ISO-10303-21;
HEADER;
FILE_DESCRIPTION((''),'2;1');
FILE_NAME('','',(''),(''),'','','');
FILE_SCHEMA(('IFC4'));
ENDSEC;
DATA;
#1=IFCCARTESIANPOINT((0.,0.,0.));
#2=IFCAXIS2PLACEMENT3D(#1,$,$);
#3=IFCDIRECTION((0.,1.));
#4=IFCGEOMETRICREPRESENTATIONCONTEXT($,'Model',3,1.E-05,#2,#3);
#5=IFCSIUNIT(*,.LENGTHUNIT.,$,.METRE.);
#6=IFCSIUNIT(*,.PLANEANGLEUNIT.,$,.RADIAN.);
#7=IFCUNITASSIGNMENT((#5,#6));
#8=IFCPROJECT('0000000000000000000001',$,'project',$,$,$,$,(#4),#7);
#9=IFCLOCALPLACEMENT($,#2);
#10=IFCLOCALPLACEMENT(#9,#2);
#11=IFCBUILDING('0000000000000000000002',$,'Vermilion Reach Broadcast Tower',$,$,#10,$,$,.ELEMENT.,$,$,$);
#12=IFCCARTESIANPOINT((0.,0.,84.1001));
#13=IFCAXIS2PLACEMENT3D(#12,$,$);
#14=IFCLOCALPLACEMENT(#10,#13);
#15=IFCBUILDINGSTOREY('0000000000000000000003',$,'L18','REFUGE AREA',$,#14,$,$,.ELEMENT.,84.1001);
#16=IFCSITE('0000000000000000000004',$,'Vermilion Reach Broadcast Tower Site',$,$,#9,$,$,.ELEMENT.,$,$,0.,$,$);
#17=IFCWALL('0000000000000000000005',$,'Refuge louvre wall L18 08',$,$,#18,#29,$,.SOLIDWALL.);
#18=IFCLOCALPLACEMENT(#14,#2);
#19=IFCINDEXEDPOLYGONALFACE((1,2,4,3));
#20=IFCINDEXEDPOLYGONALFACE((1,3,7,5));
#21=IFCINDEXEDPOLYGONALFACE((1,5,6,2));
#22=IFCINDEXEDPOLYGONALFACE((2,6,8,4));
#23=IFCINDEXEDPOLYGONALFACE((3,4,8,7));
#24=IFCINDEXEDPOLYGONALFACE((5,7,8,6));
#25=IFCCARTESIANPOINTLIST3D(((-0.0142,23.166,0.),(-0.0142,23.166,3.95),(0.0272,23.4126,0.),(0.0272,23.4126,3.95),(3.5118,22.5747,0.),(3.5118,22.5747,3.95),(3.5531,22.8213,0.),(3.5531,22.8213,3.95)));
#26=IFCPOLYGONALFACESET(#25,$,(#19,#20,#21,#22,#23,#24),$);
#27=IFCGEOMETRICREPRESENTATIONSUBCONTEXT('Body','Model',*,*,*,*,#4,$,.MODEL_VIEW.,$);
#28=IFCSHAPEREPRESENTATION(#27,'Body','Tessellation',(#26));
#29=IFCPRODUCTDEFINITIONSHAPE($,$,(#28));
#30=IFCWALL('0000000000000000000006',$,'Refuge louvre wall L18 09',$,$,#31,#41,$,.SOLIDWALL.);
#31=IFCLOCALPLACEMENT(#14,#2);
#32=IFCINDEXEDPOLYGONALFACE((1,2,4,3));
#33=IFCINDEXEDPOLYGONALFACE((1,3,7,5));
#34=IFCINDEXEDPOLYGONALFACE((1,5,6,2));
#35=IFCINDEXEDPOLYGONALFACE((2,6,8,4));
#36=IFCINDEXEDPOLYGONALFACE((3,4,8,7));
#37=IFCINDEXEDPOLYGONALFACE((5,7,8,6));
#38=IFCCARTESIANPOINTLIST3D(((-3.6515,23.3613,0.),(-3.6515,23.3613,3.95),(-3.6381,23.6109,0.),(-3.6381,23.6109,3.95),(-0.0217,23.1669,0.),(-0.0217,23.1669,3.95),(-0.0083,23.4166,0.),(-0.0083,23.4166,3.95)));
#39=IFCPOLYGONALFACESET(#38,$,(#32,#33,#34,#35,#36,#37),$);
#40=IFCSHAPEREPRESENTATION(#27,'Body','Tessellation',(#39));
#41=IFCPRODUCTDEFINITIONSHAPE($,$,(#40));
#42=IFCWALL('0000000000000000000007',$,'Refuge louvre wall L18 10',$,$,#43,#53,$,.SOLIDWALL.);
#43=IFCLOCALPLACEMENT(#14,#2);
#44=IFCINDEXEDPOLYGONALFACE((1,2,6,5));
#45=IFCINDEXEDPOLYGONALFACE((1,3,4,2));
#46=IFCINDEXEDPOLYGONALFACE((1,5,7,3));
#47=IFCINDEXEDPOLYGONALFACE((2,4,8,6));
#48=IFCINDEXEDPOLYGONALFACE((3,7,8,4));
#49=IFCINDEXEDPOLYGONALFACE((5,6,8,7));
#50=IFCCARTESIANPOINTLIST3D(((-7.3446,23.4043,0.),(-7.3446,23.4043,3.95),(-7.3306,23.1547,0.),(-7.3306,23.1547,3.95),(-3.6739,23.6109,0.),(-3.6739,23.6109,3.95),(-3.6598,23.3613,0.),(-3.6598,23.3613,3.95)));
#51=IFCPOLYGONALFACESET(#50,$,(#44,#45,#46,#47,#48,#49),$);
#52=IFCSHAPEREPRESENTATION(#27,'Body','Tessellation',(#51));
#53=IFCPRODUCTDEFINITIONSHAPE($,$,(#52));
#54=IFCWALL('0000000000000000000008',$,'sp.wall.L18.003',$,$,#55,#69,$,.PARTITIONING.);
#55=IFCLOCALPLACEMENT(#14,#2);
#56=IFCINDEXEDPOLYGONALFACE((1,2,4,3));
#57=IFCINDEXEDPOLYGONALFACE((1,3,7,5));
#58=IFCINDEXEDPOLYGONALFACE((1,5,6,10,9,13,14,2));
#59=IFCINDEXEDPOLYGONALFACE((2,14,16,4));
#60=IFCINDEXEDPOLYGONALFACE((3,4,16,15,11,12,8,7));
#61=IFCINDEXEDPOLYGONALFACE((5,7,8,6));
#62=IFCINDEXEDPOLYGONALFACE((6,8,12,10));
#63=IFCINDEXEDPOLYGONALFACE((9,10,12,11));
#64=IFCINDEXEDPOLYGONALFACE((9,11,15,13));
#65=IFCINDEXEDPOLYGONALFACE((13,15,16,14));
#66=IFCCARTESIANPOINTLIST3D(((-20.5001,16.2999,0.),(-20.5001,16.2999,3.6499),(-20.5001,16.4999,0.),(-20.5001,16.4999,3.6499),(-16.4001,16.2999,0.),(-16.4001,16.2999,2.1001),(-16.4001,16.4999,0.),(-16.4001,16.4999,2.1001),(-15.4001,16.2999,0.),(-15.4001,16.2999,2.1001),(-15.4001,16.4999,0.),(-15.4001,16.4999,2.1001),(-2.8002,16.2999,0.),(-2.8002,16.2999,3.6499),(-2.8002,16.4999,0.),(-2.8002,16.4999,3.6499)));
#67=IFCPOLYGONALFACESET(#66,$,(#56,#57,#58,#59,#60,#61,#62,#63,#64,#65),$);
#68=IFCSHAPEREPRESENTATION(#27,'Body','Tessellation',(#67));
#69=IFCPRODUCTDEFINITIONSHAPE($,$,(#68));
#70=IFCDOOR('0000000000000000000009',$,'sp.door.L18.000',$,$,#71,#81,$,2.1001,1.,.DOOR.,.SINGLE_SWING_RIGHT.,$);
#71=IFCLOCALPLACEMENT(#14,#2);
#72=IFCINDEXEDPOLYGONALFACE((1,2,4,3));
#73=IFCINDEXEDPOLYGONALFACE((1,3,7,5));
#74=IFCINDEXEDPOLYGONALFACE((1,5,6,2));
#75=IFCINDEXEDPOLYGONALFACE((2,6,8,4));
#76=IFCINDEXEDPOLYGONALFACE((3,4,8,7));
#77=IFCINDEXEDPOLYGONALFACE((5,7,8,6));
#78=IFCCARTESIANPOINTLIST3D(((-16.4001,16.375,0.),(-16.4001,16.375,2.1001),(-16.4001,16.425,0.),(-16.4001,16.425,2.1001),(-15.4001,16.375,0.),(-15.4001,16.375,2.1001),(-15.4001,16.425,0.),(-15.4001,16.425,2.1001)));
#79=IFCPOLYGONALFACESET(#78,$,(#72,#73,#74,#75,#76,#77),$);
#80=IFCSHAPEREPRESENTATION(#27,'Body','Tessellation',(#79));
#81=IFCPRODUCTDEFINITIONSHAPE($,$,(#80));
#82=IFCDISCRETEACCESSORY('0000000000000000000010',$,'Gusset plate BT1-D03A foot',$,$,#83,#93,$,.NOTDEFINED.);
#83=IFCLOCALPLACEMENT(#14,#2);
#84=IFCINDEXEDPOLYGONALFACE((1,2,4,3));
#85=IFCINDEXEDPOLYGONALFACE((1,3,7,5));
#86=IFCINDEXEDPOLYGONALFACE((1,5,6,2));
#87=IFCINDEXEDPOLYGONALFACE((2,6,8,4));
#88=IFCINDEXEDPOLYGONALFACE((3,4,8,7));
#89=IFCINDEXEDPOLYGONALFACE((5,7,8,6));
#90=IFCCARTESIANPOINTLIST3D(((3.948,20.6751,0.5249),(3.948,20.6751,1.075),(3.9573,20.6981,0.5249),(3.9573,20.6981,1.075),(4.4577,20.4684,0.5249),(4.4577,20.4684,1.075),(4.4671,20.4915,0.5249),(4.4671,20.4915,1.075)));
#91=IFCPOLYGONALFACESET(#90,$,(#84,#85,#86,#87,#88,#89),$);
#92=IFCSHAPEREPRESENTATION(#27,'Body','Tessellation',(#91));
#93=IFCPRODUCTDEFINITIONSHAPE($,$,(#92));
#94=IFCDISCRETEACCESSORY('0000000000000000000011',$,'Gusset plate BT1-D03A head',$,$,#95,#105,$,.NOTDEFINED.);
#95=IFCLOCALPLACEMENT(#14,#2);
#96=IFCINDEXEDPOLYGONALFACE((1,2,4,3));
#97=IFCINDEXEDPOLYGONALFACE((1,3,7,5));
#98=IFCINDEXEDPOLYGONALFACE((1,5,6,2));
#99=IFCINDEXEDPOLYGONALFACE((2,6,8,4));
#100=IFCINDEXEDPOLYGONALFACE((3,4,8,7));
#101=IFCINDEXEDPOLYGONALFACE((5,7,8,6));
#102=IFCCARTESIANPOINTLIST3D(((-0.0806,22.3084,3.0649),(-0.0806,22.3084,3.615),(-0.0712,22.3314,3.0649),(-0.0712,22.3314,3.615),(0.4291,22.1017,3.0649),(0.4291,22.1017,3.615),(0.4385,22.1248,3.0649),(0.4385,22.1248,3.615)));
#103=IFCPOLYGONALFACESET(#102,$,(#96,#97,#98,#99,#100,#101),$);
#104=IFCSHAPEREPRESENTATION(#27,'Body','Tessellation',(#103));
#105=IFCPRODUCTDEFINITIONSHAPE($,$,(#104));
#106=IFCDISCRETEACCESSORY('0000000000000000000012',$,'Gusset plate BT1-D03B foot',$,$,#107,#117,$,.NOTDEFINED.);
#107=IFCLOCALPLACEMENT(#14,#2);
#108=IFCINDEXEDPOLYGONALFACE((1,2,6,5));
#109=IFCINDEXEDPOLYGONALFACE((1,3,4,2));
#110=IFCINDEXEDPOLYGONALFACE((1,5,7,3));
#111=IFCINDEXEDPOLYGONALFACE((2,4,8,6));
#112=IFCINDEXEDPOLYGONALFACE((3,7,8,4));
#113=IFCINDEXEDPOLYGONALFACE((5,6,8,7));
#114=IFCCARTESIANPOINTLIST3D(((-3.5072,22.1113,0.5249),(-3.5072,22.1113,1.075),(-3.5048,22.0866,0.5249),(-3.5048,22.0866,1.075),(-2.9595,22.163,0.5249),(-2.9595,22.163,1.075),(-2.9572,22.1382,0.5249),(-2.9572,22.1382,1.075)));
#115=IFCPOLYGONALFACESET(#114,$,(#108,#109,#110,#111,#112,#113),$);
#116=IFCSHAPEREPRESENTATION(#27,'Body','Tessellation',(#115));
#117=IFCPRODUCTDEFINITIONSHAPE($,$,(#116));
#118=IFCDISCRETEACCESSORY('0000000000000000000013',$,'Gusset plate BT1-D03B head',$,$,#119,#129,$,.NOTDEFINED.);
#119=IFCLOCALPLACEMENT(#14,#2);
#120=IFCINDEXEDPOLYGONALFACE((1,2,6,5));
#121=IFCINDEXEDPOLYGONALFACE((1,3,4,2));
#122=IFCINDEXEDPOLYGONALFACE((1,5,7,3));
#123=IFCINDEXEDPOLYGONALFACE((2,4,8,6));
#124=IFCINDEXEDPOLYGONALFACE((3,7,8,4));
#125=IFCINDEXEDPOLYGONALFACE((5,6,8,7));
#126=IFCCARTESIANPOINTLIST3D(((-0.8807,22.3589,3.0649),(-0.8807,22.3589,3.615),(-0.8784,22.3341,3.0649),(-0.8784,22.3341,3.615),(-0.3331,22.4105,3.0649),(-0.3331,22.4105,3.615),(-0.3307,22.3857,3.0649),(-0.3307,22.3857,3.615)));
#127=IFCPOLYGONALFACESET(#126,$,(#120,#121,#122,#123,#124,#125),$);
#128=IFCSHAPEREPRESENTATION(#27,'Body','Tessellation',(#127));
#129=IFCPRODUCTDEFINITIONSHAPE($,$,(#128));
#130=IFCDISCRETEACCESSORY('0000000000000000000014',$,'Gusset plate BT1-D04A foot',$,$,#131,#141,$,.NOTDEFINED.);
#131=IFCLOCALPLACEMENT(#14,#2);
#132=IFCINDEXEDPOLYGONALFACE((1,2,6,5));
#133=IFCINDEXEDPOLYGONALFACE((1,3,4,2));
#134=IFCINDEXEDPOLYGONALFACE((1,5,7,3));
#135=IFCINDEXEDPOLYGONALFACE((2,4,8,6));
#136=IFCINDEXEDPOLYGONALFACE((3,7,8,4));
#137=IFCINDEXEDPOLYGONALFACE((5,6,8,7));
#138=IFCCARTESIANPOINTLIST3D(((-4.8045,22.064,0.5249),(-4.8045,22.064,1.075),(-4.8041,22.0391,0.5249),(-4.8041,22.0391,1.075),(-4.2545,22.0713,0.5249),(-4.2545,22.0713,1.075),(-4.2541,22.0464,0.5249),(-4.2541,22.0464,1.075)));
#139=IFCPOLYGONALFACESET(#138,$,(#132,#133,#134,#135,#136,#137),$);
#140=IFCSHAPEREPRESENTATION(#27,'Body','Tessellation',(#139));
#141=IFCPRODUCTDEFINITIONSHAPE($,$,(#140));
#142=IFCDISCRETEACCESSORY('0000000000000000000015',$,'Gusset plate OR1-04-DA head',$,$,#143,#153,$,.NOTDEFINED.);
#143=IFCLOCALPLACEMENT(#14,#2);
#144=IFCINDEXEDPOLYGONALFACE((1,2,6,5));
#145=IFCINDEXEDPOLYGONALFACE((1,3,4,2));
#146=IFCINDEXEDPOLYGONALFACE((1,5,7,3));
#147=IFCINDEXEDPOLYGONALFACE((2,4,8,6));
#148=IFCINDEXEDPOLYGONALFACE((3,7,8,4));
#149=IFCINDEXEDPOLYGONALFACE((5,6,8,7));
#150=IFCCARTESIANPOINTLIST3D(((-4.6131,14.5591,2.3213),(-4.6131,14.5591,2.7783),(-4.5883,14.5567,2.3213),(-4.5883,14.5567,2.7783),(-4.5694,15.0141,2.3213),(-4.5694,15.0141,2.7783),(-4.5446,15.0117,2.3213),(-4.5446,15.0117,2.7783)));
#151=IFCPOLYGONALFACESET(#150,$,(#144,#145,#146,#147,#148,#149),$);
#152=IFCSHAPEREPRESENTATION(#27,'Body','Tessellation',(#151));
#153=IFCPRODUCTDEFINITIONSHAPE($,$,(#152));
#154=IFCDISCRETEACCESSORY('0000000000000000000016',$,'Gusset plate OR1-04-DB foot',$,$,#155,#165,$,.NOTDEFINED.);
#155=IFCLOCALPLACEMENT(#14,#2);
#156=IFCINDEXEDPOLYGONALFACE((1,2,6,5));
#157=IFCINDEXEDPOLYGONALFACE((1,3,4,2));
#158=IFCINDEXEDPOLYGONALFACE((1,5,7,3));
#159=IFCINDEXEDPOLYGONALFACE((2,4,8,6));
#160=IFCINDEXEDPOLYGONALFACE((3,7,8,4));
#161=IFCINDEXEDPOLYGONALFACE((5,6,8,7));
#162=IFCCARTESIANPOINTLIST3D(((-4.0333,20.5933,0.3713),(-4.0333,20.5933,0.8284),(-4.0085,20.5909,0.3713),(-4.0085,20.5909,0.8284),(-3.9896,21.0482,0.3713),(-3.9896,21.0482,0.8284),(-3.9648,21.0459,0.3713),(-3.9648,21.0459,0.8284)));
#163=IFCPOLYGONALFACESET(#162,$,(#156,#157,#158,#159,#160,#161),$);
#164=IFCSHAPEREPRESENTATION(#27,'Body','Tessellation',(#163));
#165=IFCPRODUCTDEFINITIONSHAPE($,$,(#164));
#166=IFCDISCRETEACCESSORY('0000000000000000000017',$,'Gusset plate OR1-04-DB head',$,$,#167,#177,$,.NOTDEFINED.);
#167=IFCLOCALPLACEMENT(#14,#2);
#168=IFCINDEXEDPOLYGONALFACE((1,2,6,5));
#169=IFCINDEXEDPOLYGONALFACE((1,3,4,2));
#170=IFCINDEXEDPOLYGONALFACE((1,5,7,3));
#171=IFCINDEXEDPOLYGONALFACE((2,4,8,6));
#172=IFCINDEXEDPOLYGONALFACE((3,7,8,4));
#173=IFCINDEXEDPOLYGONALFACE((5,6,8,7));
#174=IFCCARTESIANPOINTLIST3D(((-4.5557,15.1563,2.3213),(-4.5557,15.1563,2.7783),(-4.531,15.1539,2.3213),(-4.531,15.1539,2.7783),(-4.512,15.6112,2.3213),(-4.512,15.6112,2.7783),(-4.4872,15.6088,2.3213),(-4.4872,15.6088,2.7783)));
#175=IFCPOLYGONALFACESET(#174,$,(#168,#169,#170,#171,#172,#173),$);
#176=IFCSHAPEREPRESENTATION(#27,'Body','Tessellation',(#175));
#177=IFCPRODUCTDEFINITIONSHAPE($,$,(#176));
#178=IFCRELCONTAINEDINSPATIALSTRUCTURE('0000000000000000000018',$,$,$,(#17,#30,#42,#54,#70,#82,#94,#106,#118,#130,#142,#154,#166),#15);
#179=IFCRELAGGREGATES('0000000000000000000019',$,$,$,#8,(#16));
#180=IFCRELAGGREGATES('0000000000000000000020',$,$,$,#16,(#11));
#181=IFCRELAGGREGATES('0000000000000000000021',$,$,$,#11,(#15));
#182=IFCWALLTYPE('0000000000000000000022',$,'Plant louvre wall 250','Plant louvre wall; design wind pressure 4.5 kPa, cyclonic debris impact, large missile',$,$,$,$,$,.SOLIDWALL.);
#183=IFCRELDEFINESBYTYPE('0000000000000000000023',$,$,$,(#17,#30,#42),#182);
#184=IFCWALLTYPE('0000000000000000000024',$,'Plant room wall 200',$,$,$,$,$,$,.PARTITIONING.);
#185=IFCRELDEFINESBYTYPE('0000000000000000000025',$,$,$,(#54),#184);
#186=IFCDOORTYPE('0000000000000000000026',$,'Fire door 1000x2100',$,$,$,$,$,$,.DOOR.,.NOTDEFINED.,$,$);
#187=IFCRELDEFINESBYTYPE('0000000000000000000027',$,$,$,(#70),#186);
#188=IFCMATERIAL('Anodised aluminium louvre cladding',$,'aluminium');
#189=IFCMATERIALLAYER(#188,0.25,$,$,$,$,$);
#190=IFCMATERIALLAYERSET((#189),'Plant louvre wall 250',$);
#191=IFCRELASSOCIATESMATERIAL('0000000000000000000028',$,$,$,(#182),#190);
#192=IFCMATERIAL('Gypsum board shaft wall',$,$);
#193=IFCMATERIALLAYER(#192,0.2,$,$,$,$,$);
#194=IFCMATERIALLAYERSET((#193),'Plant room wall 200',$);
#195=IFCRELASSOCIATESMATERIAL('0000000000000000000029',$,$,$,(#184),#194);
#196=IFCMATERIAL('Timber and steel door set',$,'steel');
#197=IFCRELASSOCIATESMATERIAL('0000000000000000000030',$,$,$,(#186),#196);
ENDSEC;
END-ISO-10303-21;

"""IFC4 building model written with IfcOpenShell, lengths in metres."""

from ifc_helpers import new_model, si_unit, direction, frame, frame_2d, origin, origin_2d, place, context, subcontext, project, spatial, rectangle, extrude, material, layer, layer_set, type_object, element, fill, save


model = new_model("IFC4")

# Units and contexts
model_context = context("Model", 3, precision=1e-05, world=origin(), true_north=direction((0.0, 1.0)))
body_context = subcontext(model_context, "Body", "Model", "MODEL_VIEW")
ifc_project = project(units=[si_unit("LENGTHUNIT", "METRE"), si_unit("PLANEANGLEUNIT", "RADIAN")], contexts=[model_context])

# Site, building, storey
site_placement = place(None, origin())
site = spatial("IfcSite", under=ifc_project, at=site_placement, Name="Vermilion Reach Broadcast Tower Site", CompositionType="ELEMENT", RefElevation=0.0)
building_placement = place(site_placement, origin())
building = spatial("IfcBuilding", under=site, at=building_placement, Name="Vermilion Reach Broadcast Tower", CompositionType="ELEMENT")
storey_placement = place(building_placement, frame((0.0, 0.0, 84.1001)))
storey = spatial("IfcBuildingStorey", under=building, at=storey_placement, Name="L18", Description="REFUGE AREA", CompositionType="ELEMENT", Elevation=84.1001)

# Walls
ifc_material_1 = material(Name="Anodised aluminium louvre cladding", Category="aluminium")
ifc_layer_1 = layer(ifc_material_1, 0.25)
ifc_layer_set_1 = layer_set([ifc_layer_1], Name="Plant louvre wall 250")
wall_type_1 = type_object("IfcWallType", Name="Plant louvre wall 250", Description="Plant louvre wall; design wind pressure 4.5 kPa, cyclonic debris impact, large missile", PredefinedType="SOLIDWALL", material=ifc_layer_set_1)
wall_1_placement = place(storey_placement, frame((3.5325, 22.698, 0.0), z_axis=(0.0, 0.0, 1.0), x_axis=(-0.986227, 0.165396, 0.0)))
element("IfcWall", 1, at=wall_1_placement, inside=storey, type_object=wall_type_1, Name="Refuge louvre wall L18 08", PredefinedType="SOLIDWALL", context=body_context, shape_type="SweptSolid", body=[
    extrude(rectangle(XDim=3.5752, YDim=0.25, at=frame_2d((1.7876, 0.0))), origin(), (0.0, 0.0, 1.0), 3.95),
])
wall_2_placement = place(storey_placement, frame((-0.0151, 23.2917, 0.0), z_axis=(0.0, 0.0, 1.0), x_axis=(-0.99857, 0.053461, 0.0)))
element("IfcWall", 2, at=wall_2_placement, inside=storey, type_object=wall_type_1, Name="Refuge louvre wall L18 09", PredefinedType="SOLIDWALL", context=body_context, shape_type="SweptSolid", body=[
    extrude(rectangle(XDim=3.635, YDim=0.25, at=frame_2d((1.8174, 0.0))), origin(), (0.0, 0.0, 1.0), 3.95),
])
wall_3_placement = place(storey_placement, frame((-3.6667, 23.4861, 0.0), z_axis=(0.0, 0.0, 1.0), x_axis=(-0.998421, -0.05618, 0.0)))
element("IfcWall", 3, at=wall_3_placement, inside=storey, type_object=wall_type_1, Name="Refuge louvre wall L18 10", PredefinedType="SOLIDWALL", context=body_context, shape_type="SweptSolid", body=[
    extrude(rectangle(XDim=3.6765, YDim=0.25, at=frame_2d((1.8384, 0.0))), origin(), (0.0, 0.0, 1.0), 3.95),
])

# Wall, opening, door
ifc_material_2 = material(Name="Gypsum board shaft wall")
ifc_layer_2 = layer(ifc_material_2, 0.2)
ifc_layer_set_2 = layer_set([ifc_layer_2], Name="Plant room wall 200")
wall_type_2 = type_object("IfcWallType", Name="Plant room wall 200", PredefinedType="PARTITIONING", material=ifc_layer_set_2)
wall_4_placement = place(storey_placement, frame((-2.8, 16.3999, 0.0), z_axis=(0.0, 0.0, 1.0), x_axis=(-1.0, 0.0, 0.0)))
wall_4 = element("IfcWall", 4, at=wall_4_placement, inside=storey, type_object=wall_type_2, Name="sp.wall.L18.003", PredefinedType="PARTITIONING", context=body_context, shape_type="SweptSolid", body=[
    extrude(rectangle(XDim=17.7, YDim=0.2, at=frame_2d((8.8501, 0.0))), origin(), (0.0, 0.0, 1.0), 3.6499),
])
opening_placement = place(wall_4_placement, frame((12.6001, 0.0, 0.0)))
opening = element("IfcOpeningElement", 5, at=opening_placement, cuts=wall_4, PredefinedType="OPENING", context=body_context, shape_type="SweptSolid", body=[
    extrude(rectangle(XDim=1.0, YDim=2.1001, at=frame_2d((0.5, 1.05))), frame((0.0, 0.1099, 0.0), z_axis=(0.0, -1.0, 0.0), x_axis=(1.0, 0.0, 0.0)), (0.0, 0.0, 1.0), 0.22),
])
ifc_material_3 = material(Name="Timber and steel door set", Category="steel")
door_type = type_object("IfcDoorType", Name="Fire door 1000x2100", OperationType="NOTDEFINED", PredefinedType="DOOR", material=ifc_material_3)
door_placement = place(opening_placement, origin())
door = element("IfcDoor", 6, at=door_placement, inside=storey, type_object=door_type, Name="sp.door.L18.000", OperationType="SINGLE_SWING_RIGHT", OverallHeight=2.1001, OverallWidth=1.0, PredefinedType="DOOR", context=body_context, shape_type="SweptSolid", body=[
    extrude(rectangle(XDim=1.0, YDim=2.1001, at=frame_2d((0.5, 1.05))), frame((0.0, 0.0249, 0.0), z_axis=(0.0, -1.0, 0.0), x_axis=(1.0, 0.0, 0.0)), (0.0, 0.0, 1.0), 0.05),
])
fill(opening, door)

# Discrete accessories
for number, where, z_axis, x_axis, name in (
    (7, (4.2075, 20.5833, 0.5249), (0.0, 0.0, 1.0), (-0.375747, -0.926722, 0.0), "Gusset plate BT1-D03A foot"),
    (8, (0.179, 22.2166, 3.0649), (0.0, 0.0, 1.0), (-0.375747, -0.926722, 0.0), "Gusset plate BT1-D03A head"),
    (9, (-3.2322, 22.1248, 0.5249), (0.0, 0.0, 1.0), (-0.093824, 0.995589, 0.0), "Gusset plate BT1-D03B foot"),
    (10, (-0.6057, 22.3723, 3.0649), (0.0, 0.0, 1.0), (-0.093824, 0.995589, 0.0), "Gusset plate BT1-D03B head"),
    (11, (-4.5293, 22.0552, 0.5249), (0.0, 0.0, 1.0), (0.013339, -0.999911, 0.0), "Gusset plate BT1-D04A foot"),
):
    element("IfcDiscreteAccessory", number, at=place(storey_placement, frame(where, z_axis=z_axis, x_axis=x_axis)), inside=storey, Name=name, PredefinedType="NOTDEFINED", context=body_context, shape_type="SweptSolid", body=[
        extrude(rectangle(XDim=0.0249, YDim=0.55, at=origin_2d()), origin(), (0.0, 0.0, 1.0), 0.55),
    ])
for number, where, z_axis, x_axis, name in (
    (12, (-4.5789, 14.7854, 2.3213), (0.0, 0.0, 1.0), (-0.995413, 0.095673, 0.0), "Gusset plate OR1-04-DA head"),
    (13, (-3.999, 20.8196, 0.3713), (0.0, 0.0, 1.0), (-0.995413, 0.095673, 0.0), "Gusset plate OR1-04-DB foot"),
    (14, (-4.5215, 15.3826, 2.3213), (0.0, 0.0, 1.0), (-0.995413, 0.095673, 0.0), "Gusset plate OR1-04-DB head"),
):
    element("IfcDiscreteAccessory", number, at=place(storey_placement, frame(where, z_axis=z_axis, x_axis=x_axis)), inside=storey, Name=name, PredefinedType="NOTDEFINED", context=body_context, shape_type="SweptSolid", body=[
        extrude(rectangle(XDim=0.0249, YDim=0.457, at=origin_2d()), origin(), (0.0, 0.0, 1.0), 0.457),
    ])

save(model, "model.ifc")
